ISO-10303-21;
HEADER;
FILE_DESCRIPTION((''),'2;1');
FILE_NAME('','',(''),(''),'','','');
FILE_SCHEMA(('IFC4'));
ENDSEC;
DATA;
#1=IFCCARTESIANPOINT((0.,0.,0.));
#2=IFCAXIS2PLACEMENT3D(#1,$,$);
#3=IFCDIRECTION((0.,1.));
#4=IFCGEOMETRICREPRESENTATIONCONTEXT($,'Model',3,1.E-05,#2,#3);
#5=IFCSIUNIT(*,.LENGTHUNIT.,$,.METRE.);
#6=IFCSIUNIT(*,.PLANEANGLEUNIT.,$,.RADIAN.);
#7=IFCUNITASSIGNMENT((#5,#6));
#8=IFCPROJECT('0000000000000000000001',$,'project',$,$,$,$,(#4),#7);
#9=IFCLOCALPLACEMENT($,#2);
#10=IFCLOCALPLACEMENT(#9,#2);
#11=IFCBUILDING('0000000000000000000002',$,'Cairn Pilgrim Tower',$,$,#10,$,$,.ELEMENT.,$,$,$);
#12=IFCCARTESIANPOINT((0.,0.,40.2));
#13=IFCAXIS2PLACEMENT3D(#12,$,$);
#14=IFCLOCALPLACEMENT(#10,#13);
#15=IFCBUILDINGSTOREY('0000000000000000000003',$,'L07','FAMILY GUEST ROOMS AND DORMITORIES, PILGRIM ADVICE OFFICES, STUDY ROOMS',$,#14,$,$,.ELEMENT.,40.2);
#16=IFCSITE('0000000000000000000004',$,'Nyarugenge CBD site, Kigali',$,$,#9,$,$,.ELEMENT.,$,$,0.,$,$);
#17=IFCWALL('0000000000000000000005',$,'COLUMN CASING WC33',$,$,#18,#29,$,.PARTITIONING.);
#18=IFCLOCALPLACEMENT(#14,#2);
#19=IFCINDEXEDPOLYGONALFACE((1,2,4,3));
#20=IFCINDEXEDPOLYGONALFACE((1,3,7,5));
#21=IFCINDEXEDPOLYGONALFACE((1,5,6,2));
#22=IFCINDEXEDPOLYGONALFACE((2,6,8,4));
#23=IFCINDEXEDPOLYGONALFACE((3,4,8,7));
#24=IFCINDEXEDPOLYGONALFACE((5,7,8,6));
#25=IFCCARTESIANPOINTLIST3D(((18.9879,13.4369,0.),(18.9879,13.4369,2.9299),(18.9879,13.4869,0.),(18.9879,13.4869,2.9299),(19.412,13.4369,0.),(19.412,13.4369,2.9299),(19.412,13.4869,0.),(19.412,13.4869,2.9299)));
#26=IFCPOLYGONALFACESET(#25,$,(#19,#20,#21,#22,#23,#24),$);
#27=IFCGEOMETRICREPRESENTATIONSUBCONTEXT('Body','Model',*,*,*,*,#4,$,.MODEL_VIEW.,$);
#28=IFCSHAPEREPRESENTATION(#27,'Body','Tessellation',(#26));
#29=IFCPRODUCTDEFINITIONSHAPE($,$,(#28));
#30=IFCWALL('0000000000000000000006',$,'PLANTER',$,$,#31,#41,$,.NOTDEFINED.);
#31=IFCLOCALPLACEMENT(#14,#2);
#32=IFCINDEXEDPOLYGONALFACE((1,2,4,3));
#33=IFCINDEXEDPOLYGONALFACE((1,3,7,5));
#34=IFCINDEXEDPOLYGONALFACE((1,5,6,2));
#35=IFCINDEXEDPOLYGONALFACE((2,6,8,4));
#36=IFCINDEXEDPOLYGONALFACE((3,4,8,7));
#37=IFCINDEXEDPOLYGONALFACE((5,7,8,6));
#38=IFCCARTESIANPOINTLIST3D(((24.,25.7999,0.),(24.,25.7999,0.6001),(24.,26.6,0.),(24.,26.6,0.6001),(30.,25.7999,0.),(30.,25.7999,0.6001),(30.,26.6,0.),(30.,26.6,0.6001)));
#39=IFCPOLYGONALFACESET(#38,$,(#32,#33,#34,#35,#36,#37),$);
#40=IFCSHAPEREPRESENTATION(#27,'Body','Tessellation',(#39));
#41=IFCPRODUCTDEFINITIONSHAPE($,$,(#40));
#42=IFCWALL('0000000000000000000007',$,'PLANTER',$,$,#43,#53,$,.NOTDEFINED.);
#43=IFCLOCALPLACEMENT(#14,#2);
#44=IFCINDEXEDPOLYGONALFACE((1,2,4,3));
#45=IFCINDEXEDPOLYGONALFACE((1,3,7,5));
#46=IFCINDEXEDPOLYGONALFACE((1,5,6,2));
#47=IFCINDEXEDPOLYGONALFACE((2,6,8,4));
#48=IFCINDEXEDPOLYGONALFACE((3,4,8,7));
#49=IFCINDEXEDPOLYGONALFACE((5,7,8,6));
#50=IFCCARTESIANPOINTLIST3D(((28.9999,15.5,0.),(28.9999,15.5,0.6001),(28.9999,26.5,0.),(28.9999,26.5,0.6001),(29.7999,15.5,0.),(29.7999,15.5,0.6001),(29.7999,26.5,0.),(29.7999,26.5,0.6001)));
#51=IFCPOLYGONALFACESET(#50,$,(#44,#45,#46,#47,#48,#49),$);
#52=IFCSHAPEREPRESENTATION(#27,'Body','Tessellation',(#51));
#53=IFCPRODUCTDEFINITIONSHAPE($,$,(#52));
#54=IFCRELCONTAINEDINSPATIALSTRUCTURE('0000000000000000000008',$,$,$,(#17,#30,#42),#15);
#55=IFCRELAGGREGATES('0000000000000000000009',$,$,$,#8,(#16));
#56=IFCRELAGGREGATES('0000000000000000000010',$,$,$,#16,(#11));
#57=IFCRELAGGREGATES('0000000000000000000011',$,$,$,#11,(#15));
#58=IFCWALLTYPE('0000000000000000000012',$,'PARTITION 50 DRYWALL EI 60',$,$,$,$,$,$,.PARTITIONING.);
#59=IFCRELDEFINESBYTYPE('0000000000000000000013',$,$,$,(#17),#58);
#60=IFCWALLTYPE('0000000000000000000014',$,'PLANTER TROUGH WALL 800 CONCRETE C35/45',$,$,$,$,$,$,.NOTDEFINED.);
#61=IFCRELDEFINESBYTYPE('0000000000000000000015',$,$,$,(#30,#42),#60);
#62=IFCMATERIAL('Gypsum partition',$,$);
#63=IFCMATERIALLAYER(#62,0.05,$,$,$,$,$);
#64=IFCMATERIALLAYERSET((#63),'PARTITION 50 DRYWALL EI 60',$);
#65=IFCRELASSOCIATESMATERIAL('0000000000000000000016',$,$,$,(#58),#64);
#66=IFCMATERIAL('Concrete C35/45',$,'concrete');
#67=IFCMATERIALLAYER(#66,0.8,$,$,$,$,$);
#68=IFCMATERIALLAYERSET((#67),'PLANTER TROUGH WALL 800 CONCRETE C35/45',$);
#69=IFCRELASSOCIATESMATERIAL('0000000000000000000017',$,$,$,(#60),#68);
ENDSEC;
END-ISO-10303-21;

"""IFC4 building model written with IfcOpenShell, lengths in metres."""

from ifc_helpers import new_model, si_unit, direction, frame, frame_2d, origin, place, context, subcontext, project, spatial, rectangle, extrude, material, layer, layer_set, type_object, element, save


model = new_model("IFC4")

# Units and contexts
model_context = context("Model", 3, precision=1e-05, world=origin(), true_north=direction((0.0, 1.0)))
body_context = subcontext(model_context, "Body", "Model", "MODEL_VIEW")
ifc_project = project(units=[si_unit("LENGTHUNIT", "METRE"), si_unit("PLANEANGLEUNIT", "RADIAN")], contexts=[model_context])

# Site, building, storey
site_placement = place(None, origin())
site = spatial("IfcSite", under=ifc_project, at=site_placement, Name="Nyarugenge CBD site, Kigali", CompositionType="ELEMENT", RefElevation=0.0)
building_placement = place(site_placement, origin())
building = spatial("IfcBuilding", under=site, at=building_placement, Name="Cairn Pilgrim Tower", CompositionType="ELEMENT")
storey_placement = place(building_placement, frame((0.0, 0.0, 40.2)))
storey = spatial("IfcBuildingStorey", under=building, at=storey_placement, Name="L07", Description="FAMILY GUEST ROOMS AND DORMITORIES, PILGRIM ADVICE OFFICES, STUDY ROOMS", CompositionType="ELEMENT", Elevation=40.2)

# Walls
ifc_material_1 = material(Name="Gypsum partition")
ifc_layer_1 = layer(ifc_material_1, 0.05)
ifc_layer_set_1 = layer_set([ifc_layer_1], Name="PARTITION 50 DRYWALL EI 60")
wall_type_1 = type_object("IfcWallType", Name="PARTITION 50 DRYWALL EI 60", PredefinedType="PARTITIONING", material=ifc_layer_set_1)
wall_1_placement = place(storey_placement, frame((18.988, 13.4619, 0.0), z_axis=(0.0, 0.0, 1.0), x_axis=(1.0, 0.0, 0.0)))
element("IfcWall", 1, at=wall_1_placement, inside=storey, type_object=wall_type_1, Name="COLUMN CASING WC33", PredefinedType="PARTITIONING", context=body_context, shape_type="SweptSolid", body=[
    extrude(rectangle(XDim=0.4241, YDim=0.05, at=frame_2d((0.2119, 0.0))), origin(), (0.0, 0.0, 1.0), 2.9299),
])
ifc_material_2 = material(Name="Concrete C35/45", Category="concrete")
ifc_layer_2 = layer(ifc_material_2, 0.8)
ifc_layer_set_2 = layer_set([ifc_layer_2], Name="PLANTER TROUGH WALL 800 CONCRETE C35/45")
wall_type_2 = type_object("IfcWallType", Name="PLANTER TROUGH WALL 800 CONCRETE C35/45", PredefinedType="NOTDEFINED", material=ifc_layer_set_2)
wall_2_placement = place(storey_placement, frame((24.0, 26.2, 0.0), z_axis=(0.0, 0.0, 1.0), x_axis=(1.0, 0.0, 0.0)))
element("IfcWall", 2, at=wall_2_placement, inside=storey, type_object=wall_type_2, Name="PLANTER", PredefinedType="NOTDEFINED", context=body_context, shape_type="SweptSolid", body=[
    extrude(rectangle(XDim=6.0, YDim=0.8, at=frame_2d((3.0, 0.0))), origin(), (0.0, 0.0, 1.0), 0.6001),
])
wall_3_placement = place(storey_placement, frame((29.3999, 15.5, 0.0), z_axis=(0.0, 0.0, 1.0), x_axis=(0.0, 1.0, 0.0)))
element("IfcWall", 3, at=wall_3_placement, inside=storey, type_object=wall_type_2, Name="PLANTER", PredefinedType="NOTDEFINED", context=body_context, shape_type="SweptSolid", body=[
    extrude(rectangle(XDim=11.0, YDim=0.8, at=frame_2d((5.5, 0.0))), origin(), (0.0, 0.0, 1.0), 0.6001),
])

save(model, "model.ifc")
